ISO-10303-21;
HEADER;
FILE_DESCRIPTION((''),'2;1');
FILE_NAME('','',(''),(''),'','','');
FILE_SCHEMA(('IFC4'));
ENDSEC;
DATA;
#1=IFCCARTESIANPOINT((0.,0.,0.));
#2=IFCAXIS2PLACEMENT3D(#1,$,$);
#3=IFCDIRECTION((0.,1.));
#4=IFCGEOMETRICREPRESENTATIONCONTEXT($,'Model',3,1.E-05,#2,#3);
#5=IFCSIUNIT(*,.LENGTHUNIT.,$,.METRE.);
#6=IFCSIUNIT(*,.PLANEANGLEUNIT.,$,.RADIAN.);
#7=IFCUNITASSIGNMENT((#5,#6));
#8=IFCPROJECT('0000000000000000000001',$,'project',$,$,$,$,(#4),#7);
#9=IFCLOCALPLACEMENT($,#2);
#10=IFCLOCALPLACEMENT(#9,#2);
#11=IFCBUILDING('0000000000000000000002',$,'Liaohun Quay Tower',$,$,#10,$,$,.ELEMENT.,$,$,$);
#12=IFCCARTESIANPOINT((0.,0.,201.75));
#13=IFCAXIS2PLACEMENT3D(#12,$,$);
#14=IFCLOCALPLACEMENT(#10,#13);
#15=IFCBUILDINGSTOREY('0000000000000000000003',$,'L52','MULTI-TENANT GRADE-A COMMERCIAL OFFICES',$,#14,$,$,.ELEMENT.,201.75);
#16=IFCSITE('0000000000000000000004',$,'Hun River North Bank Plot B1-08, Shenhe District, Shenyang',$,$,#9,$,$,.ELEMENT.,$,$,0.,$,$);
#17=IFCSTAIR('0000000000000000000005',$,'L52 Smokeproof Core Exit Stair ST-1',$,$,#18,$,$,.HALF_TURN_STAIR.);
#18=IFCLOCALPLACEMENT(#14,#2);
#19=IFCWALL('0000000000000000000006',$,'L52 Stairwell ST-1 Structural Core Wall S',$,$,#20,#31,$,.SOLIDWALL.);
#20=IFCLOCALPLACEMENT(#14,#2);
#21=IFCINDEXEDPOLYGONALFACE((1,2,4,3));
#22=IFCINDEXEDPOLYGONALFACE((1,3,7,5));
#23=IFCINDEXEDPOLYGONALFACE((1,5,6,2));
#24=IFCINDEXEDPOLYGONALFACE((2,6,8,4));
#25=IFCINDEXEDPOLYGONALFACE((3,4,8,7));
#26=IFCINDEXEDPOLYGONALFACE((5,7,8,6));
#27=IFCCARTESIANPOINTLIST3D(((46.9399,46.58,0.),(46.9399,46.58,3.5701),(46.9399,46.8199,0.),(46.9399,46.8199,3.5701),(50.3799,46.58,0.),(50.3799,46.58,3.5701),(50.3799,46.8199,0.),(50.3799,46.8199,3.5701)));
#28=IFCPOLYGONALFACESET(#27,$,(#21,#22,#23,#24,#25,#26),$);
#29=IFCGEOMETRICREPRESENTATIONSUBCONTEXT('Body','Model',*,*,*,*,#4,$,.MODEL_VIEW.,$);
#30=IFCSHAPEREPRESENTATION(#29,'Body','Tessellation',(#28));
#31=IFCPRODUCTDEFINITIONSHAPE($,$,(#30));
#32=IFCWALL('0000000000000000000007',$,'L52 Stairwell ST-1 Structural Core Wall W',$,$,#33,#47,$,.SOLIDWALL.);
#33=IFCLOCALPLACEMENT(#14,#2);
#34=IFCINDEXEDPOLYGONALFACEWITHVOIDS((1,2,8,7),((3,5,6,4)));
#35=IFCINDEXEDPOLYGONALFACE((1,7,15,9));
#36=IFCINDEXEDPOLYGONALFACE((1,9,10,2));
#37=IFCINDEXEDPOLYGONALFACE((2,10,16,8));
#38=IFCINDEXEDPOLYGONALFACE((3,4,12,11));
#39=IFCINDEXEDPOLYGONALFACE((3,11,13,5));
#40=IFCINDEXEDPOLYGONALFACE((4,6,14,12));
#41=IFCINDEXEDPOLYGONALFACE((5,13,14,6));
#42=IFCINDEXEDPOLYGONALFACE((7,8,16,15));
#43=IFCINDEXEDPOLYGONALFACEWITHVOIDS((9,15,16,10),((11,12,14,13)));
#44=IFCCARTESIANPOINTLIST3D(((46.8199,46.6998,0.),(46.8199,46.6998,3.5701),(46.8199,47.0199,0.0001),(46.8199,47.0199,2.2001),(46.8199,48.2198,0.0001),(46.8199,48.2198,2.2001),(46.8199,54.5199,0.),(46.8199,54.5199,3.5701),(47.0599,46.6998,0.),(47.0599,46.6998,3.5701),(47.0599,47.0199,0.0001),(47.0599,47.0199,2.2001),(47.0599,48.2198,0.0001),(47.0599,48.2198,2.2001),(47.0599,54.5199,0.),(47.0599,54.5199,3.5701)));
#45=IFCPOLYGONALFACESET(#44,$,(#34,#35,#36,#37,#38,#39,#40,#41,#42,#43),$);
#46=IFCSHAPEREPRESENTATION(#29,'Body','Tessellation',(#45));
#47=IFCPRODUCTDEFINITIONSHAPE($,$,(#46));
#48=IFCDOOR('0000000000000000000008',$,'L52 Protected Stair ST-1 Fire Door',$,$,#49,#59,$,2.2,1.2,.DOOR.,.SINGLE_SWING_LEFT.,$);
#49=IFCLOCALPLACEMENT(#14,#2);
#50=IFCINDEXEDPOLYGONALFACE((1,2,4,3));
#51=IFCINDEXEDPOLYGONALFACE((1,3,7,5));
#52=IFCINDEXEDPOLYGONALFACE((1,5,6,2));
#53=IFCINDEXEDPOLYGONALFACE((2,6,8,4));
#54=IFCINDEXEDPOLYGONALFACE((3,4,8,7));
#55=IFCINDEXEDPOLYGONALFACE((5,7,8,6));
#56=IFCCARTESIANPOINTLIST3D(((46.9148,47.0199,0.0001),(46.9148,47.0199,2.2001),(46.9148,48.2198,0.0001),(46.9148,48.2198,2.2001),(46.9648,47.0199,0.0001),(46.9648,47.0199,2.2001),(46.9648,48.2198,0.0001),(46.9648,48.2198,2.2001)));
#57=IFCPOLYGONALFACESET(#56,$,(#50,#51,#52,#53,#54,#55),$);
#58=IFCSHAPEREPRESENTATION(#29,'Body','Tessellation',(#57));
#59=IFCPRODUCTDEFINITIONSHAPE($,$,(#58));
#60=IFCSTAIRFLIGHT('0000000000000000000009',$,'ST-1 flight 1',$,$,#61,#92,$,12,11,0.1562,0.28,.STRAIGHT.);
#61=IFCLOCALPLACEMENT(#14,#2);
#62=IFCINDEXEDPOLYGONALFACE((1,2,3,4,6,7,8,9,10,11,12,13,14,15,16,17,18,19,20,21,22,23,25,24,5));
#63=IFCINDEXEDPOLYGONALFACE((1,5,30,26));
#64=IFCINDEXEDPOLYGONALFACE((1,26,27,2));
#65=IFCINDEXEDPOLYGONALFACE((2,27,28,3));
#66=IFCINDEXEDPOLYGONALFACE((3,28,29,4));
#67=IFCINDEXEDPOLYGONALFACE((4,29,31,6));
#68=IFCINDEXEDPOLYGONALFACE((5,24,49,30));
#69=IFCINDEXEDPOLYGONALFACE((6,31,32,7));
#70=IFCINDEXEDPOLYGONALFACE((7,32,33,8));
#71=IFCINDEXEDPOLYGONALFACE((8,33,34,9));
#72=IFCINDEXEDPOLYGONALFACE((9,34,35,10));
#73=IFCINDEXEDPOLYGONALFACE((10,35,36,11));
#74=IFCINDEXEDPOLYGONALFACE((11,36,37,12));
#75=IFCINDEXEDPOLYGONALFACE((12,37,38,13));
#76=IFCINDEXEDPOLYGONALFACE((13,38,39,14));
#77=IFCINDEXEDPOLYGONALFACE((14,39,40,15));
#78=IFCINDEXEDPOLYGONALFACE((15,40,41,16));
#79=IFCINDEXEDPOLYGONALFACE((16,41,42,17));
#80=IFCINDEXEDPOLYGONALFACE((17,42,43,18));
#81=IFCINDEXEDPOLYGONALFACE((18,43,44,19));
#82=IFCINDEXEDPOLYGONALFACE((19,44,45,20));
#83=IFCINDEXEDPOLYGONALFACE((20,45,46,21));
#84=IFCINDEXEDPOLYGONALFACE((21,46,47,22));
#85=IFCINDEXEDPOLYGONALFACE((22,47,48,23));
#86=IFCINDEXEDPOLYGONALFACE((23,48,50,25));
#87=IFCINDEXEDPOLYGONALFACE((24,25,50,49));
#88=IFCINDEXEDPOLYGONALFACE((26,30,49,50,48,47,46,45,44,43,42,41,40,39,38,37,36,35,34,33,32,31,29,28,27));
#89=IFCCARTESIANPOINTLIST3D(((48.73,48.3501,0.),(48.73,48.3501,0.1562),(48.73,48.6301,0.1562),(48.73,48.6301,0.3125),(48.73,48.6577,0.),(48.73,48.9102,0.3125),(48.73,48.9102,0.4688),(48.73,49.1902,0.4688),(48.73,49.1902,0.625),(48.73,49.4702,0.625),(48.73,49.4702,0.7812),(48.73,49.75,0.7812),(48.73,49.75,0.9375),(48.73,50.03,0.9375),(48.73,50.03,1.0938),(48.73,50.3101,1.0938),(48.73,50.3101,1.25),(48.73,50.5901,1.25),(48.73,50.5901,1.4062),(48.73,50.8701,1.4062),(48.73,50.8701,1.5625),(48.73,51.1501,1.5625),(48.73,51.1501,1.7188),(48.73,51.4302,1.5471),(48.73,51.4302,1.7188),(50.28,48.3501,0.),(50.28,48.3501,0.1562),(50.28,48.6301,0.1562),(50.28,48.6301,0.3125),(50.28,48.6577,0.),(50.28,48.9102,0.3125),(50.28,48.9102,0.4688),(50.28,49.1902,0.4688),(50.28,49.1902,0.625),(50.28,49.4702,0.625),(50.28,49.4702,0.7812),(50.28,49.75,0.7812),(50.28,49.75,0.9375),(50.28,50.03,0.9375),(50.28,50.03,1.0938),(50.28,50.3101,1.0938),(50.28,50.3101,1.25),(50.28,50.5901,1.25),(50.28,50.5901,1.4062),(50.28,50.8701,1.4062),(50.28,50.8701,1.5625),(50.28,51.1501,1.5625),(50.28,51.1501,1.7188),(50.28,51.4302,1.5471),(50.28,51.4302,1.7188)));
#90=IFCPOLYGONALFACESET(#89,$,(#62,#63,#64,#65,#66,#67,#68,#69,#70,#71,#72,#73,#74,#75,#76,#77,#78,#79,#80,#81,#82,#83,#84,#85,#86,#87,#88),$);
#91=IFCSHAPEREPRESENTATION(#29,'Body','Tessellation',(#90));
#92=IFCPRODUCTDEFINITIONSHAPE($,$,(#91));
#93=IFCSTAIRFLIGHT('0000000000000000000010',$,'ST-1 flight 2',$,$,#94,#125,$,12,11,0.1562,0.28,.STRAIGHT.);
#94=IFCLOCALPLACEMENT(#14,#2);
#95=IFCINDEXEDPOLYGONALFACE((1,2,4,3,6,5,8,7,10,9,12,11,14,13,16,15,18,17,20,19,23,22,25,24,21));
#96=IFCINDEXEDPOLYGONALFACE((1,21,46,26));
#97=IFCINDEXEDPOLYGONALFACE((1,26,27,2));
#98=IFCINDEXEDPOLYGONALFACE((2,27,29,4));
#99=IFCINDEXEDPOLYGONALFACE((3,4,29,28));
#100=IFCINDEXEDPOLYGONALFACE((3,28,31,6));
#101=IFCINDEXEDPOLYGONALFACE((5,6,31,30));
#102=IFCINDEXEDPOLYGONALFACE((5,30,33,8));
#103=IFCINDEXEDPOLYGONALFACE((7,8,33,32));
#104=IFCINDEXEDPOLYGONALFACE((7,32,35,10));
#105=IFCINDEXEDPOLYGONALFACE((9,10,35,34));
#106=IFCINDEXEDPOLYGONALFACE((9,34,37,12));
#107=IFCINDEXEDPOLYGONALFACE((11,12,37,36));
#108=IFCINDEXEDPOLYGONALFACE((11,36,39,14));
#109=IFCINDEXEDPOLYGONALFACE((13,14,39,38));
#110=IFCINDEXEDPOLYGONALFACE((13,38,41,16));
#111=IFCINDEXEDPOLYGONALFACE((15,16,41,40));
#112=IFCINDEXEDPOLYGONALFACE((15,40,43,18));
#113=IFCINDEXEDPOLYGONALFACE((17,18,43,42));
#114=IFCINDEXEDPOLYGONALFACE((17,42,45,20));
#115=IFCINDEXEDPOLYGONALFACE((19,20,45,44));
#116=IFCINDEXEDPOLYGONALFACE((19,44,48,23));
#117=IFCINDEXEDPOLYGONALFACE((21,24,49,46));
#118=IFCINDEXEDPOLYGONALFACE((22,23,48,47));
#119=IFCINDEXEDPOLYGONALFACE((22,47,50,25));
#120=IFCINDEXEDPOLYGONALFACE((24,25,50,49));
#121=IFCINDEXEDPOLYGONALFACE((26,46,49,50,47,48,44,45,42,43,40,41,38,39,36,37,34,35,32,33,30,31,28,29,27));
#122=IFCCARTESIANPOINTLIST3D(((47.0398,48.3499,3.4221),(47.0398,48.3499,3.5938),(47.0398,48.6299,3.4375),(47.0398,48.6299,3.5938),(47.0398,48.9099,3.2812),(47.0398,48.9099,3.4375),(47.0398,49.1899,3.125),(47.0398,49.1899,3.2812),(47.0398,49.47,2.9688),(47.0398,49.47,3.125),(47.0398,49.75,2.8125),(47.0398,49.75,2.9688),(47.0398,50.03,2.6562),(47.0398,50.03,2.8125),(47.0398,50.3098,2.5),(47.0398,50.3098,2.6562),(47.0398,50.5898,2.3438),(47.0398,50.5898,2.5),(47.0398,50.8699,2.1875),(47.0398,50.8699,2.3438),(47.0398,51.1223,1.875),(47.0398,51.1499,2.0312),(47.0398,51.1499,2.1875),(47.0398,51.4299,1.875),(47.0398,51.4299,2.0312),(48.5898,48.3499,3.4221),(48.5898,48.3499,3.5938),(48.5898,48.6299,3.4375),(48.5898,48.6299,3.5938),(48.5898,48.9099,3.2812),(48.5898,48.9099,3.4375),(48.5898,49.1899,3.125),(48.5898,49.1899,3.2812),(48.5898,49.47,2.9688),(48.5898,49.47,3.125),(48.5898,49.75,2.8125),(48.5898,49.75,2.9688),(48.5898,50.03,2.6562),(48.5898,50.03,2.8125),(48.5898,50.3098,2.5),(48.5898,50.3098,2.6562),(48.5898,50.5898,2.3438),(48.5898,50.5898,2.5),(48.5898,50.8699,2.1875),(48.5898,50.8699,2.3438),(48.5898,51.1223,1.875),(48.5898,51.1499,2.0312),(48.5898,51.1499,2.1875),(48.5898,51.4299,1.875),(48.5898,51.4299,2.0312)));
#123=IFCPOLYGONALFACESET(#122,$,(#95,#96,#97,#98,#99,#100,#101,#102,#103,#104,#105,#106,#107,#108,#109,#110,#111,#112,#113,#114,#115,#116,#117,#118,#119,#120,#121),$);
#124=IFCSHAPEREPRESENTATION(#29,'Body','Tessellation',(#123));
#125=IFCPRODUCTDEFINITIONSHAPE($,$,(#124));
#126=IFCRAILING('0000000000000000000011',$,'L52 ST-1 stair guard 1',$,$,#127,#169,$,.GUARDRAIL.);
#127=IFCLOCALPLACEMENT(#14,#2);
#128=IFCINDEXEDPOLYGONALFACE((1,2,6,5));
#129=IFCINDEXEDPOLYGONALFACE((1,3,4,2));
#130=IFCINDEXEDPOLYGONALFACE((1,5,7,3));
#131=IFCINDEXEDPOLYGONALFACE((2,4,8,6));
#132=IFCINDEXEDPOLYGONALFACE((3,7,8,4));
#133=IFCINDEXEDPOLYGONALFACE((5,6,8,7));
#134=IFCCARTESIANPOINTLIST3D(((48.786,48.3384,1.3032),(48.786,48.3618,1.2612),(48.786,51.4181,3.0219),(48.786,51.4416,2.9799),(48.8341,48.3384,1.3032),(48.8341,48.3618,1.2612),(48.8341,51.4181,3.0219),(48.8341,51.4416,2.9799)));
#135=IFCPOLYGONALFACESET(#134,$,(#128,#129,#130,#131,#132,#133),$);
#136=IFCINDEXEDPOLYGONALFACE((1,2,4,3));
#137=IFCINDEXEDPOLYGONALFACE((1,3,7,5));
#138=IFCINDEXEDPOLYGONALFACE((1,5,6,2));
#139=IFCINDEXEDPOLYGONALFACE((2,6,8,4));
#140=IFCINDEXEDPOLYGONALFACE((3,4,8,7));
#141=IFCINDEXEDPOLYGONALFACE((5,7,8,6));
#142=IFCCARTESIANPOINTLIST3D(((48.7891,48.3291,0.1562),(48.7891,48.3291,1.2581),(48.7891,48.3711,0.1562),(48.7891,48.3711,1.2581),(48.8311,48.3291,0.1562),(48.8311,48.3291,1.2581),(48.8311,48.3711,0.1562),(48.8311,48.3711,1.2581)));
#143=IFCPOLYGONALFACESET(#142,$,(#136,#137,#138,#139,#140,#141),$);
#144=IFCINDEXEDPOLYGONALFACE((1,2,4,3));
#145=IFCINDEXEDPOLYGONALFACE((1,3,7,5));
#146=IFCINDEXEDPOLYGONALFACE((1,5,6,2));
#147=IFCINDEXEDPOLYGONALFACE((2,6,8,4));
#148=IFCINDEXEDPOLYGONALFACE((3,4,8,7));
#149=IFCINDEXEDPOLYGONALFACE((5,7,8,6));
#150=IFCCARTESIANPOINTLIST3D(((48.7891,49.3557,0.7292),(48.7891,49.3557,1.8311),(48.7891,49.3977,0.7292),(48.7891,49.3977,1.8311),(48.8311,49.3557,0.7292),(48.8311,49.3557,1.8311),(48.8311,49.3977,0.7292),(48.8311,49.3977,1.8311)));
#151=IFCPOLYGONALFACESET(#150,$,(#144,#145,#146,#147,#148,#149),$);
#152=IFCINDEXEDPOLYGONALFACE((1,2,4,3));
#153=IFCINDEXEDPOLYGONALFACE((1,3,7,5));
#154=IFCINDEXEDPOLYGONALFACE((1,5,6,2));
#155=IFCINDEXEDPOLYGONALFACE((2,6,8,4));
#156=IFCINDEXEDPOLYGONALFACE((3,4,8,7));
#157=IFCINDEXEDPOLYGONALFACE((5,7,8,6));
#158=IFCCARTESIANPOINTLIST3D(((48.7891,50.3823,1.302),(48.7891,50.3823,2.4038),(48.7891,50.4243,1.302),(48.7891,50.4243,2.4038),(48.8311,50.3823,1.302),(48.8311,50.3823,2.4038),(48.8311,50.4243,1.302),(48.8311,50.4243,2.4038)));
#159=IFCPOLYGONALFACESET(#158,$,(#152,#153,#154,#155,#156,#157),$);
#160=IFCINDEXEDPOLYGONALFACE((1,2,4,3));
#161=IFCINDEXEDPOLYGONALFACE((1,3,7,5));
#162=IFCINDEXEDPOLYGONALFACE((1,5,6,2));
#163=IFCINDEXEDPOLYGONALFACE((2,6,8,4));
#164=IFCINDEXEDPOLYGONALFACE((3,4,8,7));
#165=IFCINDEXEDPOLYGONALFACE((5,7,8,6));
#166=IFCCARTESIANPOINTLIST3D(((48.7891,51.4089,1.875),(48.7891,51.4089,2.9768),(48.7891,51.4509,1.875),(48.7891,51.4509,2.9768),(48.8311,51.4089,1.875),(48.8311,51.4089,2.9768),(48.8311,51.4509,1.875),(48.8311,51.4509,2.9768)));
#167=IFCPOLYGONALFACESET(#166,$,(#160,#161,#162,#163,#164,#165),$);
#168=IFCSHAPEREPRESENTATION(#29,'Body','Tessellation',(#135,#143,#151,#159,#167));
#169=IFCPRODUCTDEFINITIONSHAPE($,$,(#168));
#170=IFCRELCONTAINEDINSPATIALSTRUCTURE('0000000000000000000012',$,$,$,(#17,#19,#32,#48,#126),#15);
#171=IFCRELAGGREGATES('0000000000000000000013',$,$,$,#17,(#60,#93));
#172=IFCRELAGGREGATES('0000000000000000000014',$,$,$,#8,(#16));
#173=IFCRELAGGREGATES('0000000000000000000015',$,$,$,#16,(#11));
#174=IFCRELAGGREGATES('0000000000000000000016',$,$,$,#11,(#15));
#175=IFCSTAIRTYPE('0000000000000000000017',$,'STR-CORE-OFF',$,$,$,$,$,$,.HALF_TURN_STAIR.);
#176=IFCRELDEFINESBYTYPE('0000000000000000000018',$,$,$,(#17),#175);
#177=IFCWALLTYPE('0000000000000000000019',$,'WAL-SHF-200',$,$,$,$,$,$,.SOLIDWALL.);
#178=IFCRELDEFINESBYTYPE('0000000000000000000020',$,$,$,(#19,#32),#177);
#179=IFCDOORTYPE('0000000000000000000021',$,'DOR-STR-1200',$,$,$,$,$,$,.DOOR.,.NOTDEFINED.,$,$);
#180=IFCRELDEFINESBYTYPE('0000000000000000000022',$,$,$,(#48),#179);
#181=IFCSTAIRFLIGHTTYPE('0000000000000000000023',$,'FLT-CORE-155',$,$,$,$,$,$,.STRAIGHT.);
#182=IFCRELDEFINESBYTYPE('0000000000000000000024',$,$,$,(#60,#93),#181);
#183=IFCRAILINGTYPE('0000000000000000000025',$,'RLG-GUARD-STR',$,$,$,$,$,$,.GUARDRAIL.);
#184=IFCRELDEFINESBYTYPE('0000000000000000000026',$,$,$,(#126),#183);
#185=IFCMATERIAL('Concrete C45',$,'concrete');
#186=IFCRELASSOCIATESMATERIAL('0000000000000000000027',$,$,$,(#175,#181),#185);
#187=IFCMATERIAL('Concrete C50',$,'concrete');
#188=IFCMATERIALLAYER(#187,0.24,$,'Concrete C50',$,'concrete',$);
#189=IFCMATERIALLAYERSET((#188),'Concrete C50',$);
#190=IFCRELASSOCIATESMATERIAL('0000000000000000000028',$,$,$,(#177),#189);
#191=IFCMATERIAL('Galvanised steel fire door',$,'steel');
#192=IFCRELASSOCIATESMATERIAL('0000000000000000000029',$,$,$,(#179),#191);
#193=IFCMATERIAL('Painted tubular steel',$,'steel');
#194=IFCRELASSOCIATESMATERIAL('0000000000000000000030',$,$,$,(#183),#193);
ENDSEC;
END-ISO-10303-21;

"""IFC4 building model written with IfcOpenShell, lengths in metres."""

from ifc_helpers import new_model, si_unit, direction, frame, frame_2d, origin, origin_2d, place, context, subcontext, project, spatial, polyline, rectangle, outline, extrude, source, transform, mapped, material, layer, layer_set, type_object, element, fill, aggregate, save


model = new_model("IFC4")

# Units and contexts
model_context = context("Model", 3, precision=1e-05, world=origin(), true_north=direction((0.0, 1.0)))
body_context = subcontext(model_context, "Body", "Model", "MODEL_VIEW")
ifc_project = project(units=[si_unit("LENGTHUNIT", "METRE"), si_unit("PLANEANGLEUNIT", "RADIAN")], contexts=[model_context])

# Site, building, storey
site_placement = place(None, origin())
site = spatial("IfcSite", under=ifc_project, at=site_placement, Name="Hun River North Bank Plot B1-08, Shenhe District, Shenyang", CompositionType="ELEMENT", RefElevation=0.0)
building_placement = place(site_placement, origin())
building = spatial("IfcBuilding", under=site, at=building_placement, Name="Liaohun Quay Tower", CompositionType="ELEMENT")
storey_placement = place(building_placement, frame((0.0, 0.0, 201.75)))
storey = spatial("IfcBuildingStorey", under=building, at=storey_placement, Name="L52", Description="MULTI-TENANT GRADE-A COMMERCIAL OFFICES", CompositionType="ELEMENT", Elevation=201.75)

# Stair
ifc_material_1 = material(Name="Concrete C45", Category="concrete")
stair_type = type_object("IfcStairType", Name="STR-CORE-OFF", PredefinedType="HALF_TURN_STAIR", material=ifc_material_1)
stair_1_placement = place(storey_placement, origin())
stair_1 = element("IfcStair", 1, at=stair_1_placement, inside=storey, type_object=stair_type, Name="L52 Smokeproof Core Exit Stair ST-1", PredefinedType="HALF_TURN_STAIR")

# Wall
ifc_material_2 = material(Name="Concrete C50", Category="concrete")
ifc_layer_1 = layer(ifc_material_2, 0.24, Name="Concrete C50", Category="concrete")
ifc_layer_set_1 = layer_set([ifc_layer_1], Name="Concrete C50")
wall_type_1 = type_object("IfcWallType", Name="WAL-SHF-200", PredefinedType="SOLIDWALL", material=ifc_layer_set_1)
wall_1_placement = place(storey_placement, frame((46.9399, 46.7, 0.0), z_axis=(0.0, 0.0, 1.0), x_axis=(1.0, 0.0, 0.0)))
element("IfcWall", 2, at=wall_1_placement, inside=storey, type_object=wall_type_1, Name="L52 Stairwell ST-1 Structural Core Wall S", PredefinedType="SOLIDWALL", context=body_context, shape_type="SweptSolid", body=[
    extrude(rectangle(XDim=3.4399, YDim=0.24, at=frame_2d((1.72, 0.0))), origin(), (0.0, 0.0, 1.0), 3.5701),
])

# Wall, opening, door
wall_2_placement = place(storey_placement, frame((46.9399, 54.52, 0.0), z_axis=(0.0, 0.0, 1.0), x_axis=(0.0, -1.0, 0.0)))
wall_2 = element("IfcWall", 3, at=wall_2_placement, inside=storey, type_object=wall_type_1, Name="L52 Stairwell ST-1 Structural Core Wall W", PredefinedType="SOLIDWALL", context=body_context, shape_type="SweptSolid", body=[
    extrude(rectangle(XDim=7.8201, YDim=0.24, at=frame_2d((3.9102, 0.0))), origin(), (0.0, 0.0, 1.0), 3.5701),
])
shared_shape_1 = source(origin(), body_context, "Body", "SweptSolid", [
    extrude(rectangle(XDim=1.2, YDim=2.2, at=frame_2d((0.6001, 1.1001))), frame((0.0, 0.1299, 0.0), z_axis=(0.0, -1.0, 0.0), x_axis=(1.0, 0.0, 0.0)), (0.0, 0.0, 1.0), 0.26),
])
opening_1_placement = place(wall_2_placement, frame((6.3, 0.0, 0.0)))
opening_1 = element("IfcOpeningElement", 4, at=opening_1_placement, cuts=wall_2, PredefinedType="OPENING", context=body_context, shape_type="MappedRepresentation", body=[
    mapped(shared_shape_1, transform((0.0, 0.0, 0.0), x_axis=(1.0, 0.0, 0.0), y_axis=(0.0, 1.0, 0.0), z_axis=(0.0, 0.0, 1.0), scale=1.0)),
])
ifc_material_3 = material(Name="Galvanised steel fire door", Category="steel")
door_type_1 = type_object("IfcDoorType", Name="DOR-STR-1200", OperationType="NOTDEFINED", PredefinedType="DOOR", material=ifc_material_3)
shared_shape_2 = source(origin(), body_context, "Body", "SweptSolid", [
    extrude(rectangle(XDim=1.2, YDim=2.2, at=frame_2d((0.6001, 1.1001))), frame((0.0, 0.0249, 0.0), z_axis=(0.0, -1.0, 0.0), x_axis=(1.0, 0.0, 0.0)), (0.0, 0.0, 1.0), 0.05),
])
door_1_placement = place(opening_1_placement, origin())
door_1 = element("IfcDoor", 5, at=door_1_placement, inside=storey, type_object=door_type_1, Name="L52 Protected Stair ST-1 Fire Door", OperationType="SINGLE_SWING_LEFT", OverallHeight=2.2, OverallWidth=1.2, PredefinedType="DOOR", context=body_context, shape_type="MappedRepresentation", body=[
    mapped(shared_shape_2, transform((0.0, 0.0, 0.0), x_axis=(1.0, 0.0, 0.0), y_axis=(0.0, 1.0, 0.0), z_axis=(0.0, 0.0, 1.0), scale=1.0)),
])
fill(opening_1, door_1)

# Stair flights
stair_flight_type = type_object("IfcStairFlightType", Name="FLT-CORE-155", PredefinedType="STRAIGHT", material=ifc_material_1)
stair_flight_1_placement = place(storey_placement, frame((49.5049, 48.3501, 0.0), z_axis=(0.0, 0.0, 1.0), x_axis=(0.0, 1.0, 0.0)))
stair_flight_1 = element("IfcStairFlight", 6, at=stair_flight_1_placement, type_object=stair_flight_type, Name="ST-1 flight 1", NumberOfRisers=12, NumberOfTreads=11, PredefinedType="STRAIGHT", RiserHeight=0.1562, TreadLength=0.28, context=body_context, shape_type="SweptSolid", body=[
    extrude(outline(polyline([(0.0, 0.0), (0.0, 0.1562), (0.28, 0.1562), (0.28, 0.3125), (0.5601, 0.3125), (0.5601, 0.4688), (0.8401, 0.4688), (0.8401, 0.625), (1.1201, 0.625), (1.1201, 0.7812), (1.3999, 0.7812), (1.3999, 0.9375), (1.6799, 0.9375), (1.6799, 1.0938), (1.96, 1.0938), (1.96, 1.25), (2.24, 1.25), (2.24, 1.4062), (2.52, 1.4062), (2.52, 1.5625), (2.8, 1.5625), (2.8, 1.7188), (3.0801, 1.7188), (3.0801, 1.875), (3.0801, 1.5471), (0.3076, 0.0), (0.0, 0.0)])), frame((0.0, 0.7749, 0.0), z_axis=(0.0, -1.0, 0.0), x_axis=(1.0, 0.0, 0.0)), (0.0, 0.0, 1.0), 1.55),
])
stair_flight_2_placement = place(storey_placement, frame((47.8149, 51.4299, 1.875), z_axis=(0.0, 0.0, 1.0), x_axis=(0.0, -1.0, 0.0)))
stair_flight_2 = element("IfcStairFlight", 7, at=stair_flight_2_placement, type_object=stair_flight_type, Name="ST-1 flight 2", NumberOfRisers=12, NumberOfTreads=11, PredefinedType="STRAIGHT", RiserHeight=0.1562, TreadLength=0.28, context=body_context, shape_type="SweptSolid", body=[
    extrude(outline(polyline([(0.0, 0.0), (0.0, 0.1562), (0.28, 0.1562), (0.28, 0.3125), (0.5601, 0.3125), (0.5601, 0.4688), (0.8401, 0.4688), (0.8401, 0.625), (1.1201, 0.625), (1.1201, 0.7812), (1.3999, 0.7812), (1.3999, 0.9375), (1.6799, 0.9375), (1.6799, 1.0938), (1.96, 1.0938), (1.96, 1.25), (2.24, 1.25), (2.24, 1.4062), (2.52, 1.4062), (2.52, 1.5625), (2.8, 1.5625), (2.8, 1.7188), (3.0801, 1.7188), (3.0801, 1.875), (3.0801, 1.5471), (0.3076, 0.0), (0.0, 0.0)])), frame((0.0, 0.7749, 0.0), z_axis=(0.0, -1.0, 0.0), x_axis=(1.0, 0.0, 0.0)), (0.0, 0.0, 1.0), 1.55),
])
aggregate(stair_1, [stair_flight_1, stair_flight_2])

# Railing
ifc_material_4 = material(Name="Painted tubular steel", Category="steel")
railing_type_1 = type_object("IfcRailingType", Name="RLG-GUARD-STR", PredefinedType="GUARDRAIL", material=ifc_material_4)
railing_1_placement = place(storey_placement, frame((48.8101, 48.3501, 0.1562)))
element("IfcRailing", 8, at=railing_1_placement, inside=storey, type_object=railing_type_1, Name="L52 ST-1 stair guard 1", PredefinedType="GUARDRAIL", context=body_context, shape_type="SweptSolid", body=[
    extrude(rectangle(XDim=0.0481, YDim=0.0481, at=origin_2d()), frame((0.0, 0.0, 1.126), z_axis=(0.0, 0.873225, 0.487317), x_axis=(-1.0, 0.0, 0.0)), (0.0, 0.0, 1.0), 3.5269),
    extrude(rectangle(XDim=0.042, YDim=0.042, at=origin_2d()), origin(), (0.0, 0.0, 1.0), 1.1018),
    extrude(rectangle(XDim=0.042, YDim=0.042, at=origin_2d()), frame((0.0, 1.0266, 0.573)), (0.0, 0.0, 1.0), 1.1018),
    extrude(rectangle(XDim=0.042, YDim=0.042, at=origin_2d()), frame((0.0, 2.0532, 1.1458)), (0.0, 0.0, 1.0), 1.1018),
    extrude(rectangle(XDim=0.042, YDim=0.042, at=origin_2d()), frame((0.0, 3.0798, 1.7188)), (0.0, 0.0, 1.0), 1.1018),
])

save(model, "model.ifc")
